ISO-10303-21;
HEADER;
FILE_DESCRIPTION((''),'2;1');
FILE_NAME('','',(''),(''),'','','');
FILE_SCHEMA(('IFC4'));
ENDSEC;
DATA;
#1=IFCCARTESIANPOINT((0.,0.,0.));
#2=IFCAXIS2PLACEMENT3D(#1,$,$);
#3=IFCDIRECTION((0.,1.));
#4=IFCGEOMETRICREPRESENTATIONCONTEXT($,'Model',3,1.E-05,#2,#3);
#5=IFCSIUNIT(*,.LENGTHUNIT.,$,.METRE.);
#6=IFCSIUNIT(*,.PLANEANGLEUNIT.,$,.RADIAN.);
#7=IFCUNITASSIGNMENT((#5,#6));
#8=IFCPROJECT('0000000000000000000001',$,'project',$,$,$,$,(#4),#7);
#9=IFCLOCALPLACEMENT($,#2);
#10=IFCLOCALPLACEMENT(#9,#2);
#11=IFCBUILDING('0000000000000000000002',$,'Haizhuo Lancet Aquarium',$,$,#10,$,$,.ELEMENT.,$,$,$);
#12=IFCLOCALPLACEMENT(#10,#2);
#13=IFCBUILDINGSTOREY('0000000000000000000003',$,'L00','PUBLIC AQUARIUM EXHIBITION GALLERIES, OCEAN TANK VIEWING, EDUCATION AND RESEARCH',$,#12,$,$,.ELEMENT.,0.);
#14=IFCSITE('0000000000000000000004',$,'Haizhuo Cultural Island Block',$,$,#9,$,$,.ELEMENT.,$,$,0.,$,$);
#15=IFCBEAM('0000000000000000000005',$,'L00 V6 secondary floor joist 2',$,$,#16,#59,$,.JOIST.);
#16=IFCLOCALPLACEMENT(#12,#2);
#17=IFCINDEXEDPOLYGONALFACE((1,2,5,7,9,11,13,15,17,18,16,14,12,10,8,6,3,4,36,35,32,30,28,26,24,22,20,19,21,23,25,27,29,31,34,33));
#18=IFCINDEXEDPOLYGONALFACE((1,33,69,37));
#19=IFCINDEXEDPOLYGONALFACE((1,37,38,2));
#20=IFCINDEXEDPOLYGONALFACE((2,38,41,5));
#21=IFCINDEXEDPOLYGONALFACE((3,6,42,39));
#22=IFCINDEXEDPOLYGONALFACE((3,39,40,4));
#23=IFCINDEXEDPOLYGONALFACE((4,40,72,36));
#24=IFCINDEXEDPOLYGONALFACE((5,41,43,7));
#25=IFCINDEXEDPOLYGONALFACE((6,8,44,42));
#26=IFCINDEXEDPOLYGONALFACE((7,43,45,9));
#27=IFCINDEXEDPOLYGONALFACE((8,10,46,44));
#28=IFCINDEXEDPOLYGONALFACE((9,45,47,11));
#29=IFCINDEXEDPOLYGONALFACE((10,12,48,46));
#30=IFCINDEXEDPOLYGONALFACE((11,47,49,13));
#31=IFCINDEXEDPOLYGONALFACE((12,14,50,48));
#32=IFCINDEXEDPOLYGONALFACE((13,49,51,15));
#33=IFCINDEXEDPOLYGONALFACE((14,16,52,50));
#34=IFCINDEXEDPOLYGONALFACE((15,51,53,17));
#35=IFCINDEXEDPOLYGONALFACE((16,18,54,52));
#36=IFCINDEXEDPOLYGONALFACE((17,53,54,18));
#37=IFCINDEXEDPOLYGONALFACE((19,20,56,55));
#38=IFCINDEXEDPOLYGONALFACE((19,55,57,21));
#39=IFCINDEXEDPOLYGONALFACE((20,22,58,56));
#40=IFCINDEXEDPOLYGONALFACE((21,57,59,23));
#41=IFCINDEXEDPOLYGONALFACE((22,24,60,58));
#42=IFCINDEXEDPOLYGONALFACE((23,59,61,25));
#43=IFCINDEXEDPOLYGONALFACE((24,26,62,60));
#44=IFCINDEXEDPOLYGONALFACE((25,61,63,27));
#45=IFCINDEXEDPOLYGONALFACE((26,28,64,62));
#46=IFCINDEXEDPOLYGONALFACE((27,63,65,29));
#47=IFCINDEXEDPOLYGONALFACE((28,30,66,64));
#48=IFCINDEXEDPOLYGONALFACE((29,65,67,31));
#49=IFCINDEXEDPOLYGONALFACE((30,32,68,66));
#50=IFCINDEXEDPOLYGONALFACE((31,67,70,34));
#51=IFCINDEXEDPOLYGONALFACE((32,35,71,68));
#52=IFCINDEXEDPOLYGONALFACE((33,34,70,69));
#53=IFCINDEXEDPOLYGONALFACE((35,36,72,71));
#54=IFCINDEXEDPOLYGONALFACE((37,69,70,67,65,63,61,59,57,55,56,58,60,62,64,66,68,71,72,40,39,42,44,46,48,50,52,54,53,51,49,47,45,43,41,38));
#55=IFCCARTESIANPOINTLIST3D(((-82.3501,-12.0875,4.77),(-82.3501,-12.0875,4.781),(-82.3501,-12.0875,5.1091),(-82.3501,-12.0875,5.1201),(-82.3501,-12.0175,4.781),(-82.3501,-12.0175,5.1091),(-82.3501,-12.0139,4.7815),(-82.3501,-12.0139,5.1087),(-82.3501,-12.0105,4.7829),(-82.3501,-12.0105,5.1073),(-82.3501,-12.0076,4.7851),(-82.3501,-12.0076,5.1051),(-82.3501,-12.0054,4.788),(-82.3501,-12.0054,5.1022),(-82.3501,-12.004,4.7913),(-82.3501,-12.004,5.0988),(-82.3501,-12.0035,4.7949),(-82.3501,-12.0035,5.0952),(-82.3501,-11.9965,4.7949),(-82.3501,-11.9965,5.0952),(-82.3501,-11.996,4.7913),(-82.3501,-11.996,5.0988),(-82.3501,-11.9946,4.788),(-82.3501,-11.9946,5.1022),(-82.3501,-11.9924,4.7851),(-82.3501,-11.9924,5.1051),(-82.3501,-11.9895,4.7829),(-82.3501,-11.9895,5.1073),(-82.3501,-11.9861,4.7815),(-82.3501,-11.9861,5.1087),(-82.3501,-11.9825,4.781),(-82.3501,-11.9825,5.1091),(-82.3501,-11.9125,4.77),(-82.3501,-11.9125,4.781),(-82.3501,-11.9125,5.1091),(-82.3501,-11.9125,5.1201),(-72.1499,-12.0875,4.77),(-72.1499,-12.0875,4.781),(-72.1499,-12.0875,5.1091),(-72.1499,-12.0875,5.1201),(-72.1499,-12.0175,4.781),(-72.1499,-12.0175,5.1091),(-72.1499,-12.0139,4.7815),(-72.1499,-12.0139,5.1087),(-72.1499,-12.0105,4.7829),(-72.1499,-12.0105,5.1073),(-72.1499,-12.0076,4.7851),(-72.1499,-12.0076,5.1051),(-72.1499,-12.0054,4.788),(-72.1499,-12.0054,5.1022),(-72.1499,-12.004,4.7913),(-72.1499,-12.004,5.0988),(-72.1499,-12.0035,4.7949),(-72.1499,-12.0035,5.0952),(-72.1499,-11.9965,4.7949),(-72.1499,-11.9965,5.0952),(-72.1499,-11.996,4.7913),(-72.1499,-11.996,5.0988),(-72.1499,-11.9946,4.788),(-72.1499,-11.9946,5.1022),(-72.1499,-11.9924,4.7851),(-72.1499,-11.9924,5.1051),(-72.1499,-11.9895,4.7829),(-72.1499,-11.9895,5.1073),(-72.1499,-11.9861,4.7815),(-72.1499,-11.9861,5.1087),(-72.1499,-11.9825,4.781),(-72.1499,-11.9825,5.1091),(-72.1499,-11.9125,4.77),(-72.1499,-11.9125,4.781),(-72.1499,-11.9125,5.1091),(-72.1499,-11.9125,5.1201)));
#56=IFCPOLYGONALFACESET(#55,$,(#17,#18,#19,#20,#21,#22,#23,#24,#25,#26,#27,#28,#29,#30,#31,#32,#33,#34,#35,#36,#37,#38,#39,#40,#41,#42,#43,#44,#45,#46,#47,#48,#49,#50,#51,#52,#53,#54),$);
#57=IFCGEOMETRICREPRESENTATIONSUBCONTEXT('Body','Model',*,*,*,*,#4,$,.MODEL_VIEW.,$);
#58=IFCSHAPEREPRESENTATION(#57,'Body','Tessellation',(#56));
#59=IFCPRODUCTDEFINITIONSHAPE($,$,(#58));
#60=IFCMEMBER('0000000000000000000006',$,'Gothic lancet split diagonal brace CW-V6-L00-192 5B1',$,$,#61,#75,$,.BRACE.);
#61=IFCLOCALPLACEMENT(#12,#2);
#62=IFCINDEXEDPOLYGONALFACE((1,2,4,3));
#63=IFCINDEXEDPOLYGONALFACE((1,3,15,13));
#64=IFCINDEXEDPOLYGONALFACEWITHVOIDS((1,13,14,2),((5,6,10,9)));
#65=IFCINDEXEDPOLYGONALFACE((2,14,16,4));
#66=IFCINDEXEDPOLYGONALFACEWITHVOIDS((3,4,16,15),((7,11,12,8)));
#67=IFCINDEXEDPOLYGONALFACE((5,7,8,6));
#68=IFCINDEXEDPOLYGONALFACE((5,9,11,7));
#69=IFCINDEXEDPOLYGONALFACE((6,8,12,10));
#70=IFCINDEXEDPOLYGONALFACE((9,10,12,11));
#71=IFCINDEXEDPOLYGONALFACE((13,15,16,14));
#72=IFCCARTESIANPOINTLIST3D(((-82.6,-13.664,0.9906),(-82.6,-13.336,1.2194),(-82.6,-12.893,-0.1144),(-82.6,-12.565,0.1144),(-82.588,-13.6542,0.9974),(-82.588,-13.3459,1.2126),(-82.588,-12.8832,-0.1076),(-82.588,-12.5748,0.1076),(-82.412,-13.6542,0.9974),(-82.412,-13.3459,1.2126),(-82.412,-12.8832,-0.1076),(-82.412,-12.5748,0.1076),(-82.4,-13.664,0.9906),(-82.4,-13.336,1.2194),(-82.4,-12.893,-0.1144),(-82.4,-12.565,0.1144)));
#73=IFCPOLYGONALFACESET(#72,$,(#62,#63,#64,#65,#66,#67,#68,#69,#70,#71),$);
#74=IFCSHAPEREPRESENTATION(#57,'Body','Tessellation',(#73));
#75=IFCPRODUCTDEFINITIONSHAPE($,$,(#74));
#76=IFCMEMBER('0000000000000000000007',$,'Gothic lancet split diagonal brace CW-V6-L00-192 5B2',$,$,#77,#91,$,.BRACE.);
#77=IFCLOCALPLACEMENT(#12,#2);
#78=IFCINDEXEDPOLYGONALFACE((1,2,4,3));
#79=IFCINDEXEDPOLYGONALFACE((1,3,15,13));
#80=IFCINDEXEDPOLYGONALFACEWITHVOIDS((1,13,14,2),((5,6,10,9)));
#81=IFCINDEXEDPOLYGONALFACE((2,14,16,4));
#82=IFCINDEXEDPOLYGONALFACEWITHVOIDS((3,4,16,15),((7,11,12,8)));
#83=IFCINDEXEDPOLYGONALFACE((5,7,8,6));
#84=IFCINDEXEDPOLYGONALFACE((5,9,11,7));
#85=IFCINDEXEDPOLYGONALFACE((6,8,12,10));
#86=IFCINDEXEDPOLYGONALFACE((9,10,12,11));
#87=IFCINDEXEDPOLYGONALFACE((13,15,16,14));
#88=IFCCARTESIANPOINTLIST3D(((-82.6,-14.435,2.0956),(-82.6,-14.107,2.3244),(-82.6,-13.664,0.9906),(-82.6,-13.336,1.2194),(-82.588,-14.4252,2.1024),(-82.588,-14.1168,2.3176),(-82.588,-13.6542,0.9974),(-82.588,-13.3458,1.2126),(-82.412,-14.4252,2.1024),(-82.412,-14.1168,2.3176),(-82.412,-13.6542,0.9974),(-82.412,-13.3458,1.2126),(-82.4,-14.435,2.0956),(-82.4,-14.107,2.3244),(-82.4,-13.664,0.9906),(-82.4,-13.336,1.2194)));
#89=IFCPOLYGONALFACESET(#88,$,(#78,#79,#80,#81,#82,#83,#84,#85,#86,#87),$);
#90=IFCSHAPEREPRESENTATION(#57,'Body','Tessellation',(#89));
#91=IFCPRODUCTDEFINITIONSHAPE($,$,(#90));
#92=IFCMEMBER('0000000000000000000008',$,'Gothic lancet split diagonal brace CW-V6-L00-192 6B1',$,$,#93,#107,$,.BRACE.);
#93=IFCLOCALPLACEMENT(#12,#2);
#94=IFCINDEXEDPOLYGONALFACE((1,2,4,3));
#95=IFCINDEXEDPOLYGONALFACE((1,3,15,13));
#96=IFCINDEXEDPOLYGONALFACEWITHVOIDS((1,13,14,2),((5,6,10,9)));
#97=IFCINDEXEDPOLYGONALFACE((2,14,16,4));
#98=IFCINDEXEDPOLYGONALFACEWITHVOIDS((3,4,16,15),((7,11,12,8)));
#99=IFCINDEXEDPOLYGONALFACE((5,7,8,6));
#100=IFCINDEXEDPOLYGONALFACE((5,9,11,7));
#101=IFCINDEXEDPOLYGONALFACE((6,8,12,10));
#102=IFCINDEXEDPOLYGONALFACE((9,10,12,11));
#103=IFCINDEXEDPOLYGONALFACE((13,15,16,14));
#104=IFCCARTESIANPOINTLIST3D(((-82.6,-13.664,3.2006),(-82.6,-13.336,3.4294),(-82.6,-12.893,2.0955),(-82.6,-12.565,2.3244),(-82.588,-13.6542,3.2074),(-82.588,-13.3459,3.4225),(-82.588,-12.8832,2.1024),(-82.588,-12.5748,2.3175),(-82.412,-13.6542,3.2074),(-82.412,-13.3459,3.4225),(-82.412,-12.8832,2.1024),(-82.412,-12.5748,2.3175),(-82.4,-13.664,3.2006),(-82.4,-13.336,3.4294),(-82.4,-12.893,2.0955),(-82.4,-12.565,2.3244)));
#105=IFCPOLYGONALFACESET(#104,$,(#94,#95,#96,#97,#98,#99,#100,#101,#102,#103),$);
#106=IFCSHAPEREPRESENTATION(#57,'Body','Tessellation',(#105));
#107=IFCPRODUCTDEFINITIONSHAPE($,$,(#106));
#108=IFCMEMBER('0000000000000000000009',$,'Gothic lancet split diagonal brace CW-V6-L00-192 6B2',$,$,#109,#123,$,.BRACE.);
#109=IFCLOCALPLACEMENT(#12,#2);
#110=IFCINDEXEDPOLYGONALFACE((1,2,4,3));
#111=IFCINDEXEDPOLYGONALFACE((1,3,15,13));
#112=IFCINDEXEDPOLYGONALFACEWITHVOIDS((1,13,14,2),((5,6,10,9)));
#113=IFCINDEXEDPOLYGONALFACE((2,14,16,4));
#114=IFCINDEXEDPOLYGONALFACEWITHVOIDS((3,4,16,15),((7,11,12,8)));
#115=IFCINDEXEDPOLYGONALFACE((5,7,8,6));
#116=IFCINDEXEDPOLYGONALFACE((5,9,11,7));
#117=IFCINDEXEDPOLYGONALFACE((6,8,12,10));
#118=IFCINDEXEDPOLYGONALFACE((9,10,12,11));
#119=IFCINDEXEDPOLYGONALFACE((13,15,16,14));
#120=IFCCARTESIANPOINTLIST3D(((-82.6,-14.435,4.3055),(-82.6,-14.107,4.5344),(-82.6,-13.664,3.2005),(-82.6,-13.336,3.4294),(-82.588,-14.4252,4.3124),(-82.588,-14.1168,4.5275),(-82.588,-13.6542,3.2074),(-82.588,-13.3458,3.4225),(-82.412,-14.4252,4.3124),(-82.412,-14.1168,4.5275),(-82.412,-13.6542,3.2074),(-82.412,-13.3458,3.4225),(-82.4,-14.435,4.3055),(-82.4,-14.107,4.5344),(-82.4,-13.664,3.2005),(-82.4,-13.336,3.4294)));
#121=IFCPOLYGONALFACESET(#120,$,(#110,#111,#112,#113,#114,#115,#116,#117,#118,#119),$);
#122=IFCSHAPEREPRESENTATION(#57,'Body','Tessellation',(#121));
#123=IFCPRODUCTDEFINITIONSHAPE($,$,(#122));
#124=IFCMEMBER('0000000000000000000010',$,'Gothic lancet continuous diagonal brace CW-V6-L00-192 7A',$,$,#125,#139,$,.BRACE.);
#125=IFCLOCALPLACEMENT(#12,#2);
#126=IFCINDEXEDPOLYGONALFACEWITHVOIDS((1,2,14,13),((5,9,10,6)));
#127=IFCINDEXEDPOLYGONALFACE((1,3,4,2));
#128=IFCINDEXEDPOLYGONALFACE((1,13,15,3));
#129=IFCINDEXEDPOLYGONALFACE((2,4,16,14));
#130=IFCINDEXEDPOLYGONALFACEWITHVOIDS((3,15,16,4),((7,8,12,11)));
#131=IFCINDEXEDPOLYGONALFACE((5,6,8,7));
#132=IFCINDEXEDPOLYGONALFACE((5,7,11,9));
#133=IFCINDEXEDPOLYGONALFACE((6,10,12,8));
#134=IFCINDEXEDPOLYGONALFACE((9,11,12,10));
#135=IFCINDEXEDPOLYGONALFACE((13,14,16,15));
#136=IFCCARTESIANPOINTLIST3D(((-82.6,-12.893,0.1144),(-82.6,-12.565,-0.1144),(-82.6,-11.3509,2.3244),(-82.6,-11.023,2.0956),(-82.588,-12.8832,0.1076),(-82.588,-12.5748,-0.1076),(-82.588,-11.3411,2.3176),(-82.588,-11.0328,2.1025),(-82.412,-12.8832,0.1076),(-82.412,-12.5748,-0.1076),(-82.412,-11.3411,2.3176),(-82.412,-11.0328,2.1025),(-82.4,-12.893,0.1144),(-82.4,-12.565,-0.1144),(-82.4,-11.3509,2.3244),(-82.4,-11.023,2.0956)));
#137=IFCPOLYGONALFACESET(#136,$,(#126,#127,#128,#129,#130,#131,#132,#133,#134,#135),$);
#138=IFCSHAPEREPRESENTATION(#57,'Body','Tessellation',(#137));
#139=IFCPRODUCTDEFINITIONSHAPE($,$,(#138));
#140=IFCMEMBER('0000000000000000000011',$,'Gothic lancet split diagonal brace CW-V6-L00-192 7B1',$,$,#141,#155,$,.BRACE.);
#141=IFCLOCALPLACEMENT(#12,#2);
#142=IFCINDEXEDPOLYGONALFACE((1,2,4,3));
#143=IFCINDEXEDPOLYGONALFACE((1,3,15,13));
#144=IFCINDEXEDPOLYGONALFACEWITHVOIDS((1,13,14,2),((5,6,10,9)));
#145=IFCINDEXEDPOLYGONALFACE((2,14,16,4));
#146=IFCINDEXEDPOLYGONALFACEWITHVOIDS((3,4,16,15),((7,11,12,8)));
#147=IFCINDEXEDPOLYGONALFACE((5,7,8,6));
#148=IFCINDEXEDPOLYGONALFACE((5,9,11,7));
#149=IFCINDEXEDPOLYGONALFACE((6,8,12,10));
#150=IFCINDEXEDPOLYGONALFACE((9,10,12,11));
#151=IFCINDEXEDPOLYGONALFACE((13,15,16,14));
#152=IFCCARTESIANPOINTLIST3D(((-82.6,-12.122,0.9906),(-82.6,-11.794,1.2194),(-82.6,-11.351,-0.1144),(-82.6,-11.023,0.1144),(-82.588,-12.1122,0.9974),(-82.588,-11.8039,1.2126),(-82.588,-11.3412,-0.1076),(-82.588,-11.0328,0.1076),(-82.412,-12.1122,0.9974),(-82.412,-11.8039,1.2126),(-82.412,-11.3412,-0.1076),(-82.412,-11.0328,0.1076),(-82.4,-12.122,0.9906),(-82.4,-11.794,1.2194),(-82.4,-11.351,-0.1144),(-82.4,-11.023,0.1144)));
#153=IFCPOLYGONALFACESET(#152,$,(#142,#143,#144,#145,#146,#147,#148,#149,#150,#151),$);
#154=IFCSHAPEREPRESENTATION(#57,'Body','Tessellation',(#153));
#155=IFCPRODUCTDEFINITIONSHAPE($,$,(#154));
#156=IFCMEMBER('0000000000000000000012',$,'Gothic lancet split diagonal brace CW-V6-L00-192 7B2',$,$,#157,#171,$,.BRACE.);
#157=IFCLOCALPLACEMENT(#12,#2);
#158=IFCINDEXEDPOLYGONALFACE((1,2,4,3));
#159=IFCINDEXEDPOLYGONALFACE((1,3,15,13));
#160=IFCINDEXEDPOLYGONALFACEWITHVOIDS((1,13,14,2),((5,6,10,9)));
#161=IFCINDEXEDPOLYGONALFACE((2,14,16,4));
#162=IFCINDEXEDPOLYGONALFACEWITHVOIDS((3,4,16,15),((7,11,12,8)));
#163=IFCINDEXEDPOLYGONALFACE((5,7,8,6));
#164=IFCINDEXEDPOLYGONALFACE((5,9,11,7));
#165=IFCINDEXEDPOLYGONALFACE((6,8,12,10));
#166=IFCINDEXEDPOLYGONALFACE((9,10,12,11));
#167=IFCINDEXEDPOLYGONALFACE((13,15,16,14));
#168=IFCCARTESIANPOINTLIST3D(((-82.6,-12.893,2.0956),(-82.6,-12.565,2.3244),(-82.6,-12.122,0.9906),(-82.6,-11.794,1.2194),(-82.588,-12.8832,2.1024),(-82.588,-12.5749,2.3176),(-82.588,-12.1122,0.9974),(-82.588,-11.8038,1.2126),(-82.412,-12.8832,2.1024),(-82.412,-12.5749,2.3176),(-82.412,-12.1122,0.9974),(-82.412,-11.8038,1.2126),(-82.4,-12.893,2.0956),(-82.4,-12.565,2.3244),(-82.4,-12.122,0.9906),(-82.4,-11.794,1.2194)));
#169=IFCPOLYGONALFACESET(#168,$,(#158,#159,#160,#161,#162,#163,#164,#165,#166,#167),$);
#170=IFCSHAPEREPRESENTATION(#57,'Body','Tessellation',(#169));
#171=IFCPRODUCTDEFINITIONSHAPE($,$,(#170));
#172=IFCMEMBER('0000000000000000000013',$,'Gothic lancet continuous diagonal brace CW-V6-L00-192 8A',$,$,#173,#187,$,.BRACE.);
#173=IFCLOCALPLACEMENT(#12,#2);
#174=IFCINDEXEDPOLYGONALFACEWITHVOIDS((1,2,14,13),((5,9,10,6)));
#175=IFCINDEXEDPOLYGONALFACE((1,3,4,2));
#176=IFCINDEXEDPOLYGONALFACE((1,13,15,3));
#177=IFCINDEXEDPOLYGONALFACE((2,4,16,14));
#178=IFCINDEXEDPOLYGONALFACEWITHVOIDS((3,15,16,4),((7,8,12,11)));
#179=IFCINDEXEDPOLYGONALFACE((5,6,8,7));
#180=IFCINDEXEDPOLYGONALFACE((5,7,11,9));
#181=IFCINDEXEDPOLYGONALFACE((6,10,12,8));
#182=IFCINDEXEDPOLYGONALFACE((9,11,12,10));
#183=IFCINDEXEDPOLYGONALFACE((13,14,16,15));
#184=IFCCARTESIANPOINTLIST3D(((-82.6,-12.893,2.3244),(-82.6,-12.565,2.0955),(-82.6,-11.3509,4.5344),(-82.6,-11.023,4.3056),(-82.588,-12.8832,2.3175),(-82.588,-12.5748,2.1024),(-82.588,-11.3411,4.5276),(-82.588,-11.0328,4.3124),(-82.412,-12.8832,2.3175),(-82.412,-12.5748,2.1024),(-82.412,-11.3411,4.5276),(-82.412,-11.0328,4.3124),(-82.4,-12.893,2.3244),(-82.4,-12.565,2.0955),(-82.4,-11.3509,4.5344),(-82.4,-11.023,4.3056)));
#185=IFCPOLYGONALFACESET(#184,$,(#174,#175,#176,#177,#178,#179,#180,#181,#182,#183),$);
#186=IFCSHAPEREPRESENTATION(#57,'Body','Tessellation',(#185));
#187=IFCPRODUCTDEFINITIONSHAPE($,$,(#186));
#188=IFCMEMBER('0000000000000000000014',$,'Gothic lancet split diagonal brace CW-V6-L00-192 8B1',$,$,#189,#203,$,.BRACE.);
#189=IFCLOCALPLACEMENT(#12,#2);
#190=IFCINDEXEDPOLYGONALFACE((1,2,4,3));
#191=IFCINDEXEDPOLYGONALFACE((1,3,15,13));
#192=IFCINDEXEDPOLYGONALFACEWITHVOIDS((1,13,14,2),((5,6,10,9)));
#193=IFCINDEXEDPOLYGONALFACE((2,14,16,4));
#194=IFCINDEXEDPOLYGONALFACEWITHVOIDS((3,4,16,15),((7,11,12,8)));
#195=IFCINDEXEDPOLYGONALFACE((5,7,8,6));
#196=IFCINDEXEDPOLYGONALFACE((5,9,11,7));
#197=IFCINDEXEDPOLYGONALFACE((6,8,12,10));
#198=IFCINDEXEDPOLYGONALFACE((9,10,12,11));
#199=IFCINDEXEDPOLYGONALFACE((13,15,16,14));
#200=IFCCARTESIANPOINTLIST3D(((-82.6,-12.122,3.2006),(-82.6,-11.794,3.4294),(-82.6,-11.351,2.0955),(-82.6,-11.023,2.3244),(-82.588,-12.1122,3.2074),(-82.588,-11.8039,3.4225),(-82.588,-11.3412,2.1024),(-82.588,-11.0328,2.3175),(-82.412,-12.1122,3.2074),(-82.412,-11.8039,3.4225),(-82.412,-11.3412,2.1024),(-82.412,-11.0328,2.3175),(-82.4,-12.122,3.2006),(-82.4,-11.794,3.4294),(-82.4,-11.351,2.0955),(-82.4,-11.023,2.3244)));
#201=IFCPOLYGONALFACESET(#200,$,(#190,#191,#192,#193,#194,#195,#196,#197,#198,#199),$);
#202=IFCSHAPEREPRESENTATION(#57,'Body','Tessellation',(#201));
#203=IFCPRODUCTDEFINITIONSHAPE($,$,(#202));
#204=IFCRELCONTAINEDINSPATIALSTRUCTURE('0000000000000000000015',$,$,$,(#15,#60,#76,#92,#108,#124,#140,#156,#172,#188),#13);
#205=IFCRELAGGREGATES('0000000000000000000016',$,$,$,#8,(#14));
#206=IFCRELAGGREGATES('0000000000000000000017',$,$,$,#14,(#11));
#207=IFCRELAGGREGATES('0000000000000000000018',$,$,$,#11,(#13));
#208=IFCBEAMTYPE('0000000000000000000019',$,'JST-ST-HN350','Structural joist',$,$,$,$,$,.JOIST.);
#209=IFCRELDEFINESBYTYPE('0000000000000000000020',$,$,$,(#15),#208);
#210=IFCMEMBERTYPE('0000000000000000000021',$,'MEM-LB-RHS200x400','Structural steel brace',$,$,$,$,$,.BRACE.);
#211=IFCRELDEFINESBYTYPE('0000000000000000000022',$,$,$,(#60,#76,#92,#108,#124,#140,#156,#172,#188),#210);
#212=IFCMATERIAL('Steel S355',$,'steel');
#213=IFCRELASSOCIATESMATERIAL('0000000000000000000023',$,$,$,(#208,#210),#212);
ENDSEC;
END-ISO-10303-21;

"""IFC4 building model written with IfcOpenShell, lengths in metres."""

from ifc_helpers import new_model, si_unit, direction, frame, origin, origin_2d, place, context, subcontext, project, spatial, hollow_rectangle, i_section, extrude, material, material_profile, profile_set, type_object, element, save


model = new_model("IFC4")

# Units and contexts
model_context = context("Model", 3, precision=1e-05, world=origin(), true_north=direction((0.0, 1.0)))
body_context = subcontext(model_context, "Body", "Model", "MODEL_VIEW")
ifc_project = project(units=[si_unit("LENGTHUNIT", "METRE"), si_unit("PLANEANGLEUNIT", "RADIAN")], contexts=[model_context])

# Site, building, storey
site_placement = place(None, origin())
site = spatial("IfcSite", under=ifc_project, at=site_placement, Name="Haizhuo Cultural Island Block", CompositionType="ELEMENT", RefElevation=0.0)
building_placement = place(site_placement, origin())
building = spatial("IfcBuilding", under=site, at=building_placement, Name="Haizhuo Lancet Aquarium", CompositionType="ELEMENT")
storey_placement = place(building_placement, origin())
storey = spatial("IfcBuildingStorey", under=building, at=storey_placement, Name="L00", Description="PUBLIC AQUARIUM EXHIBITION GALLERIES, OCEAN TANK VIEWING, EDUCATION AND RESEARCH", CompositionType="ELEMENT", Elevation=0.0)

# Beam
ifc_material_1 = material(Name="Steel S355", Category="steel")
ifc_material_profile_1 = material_profile(ifc_material_1, i_section(OverallWidth=0.175, OverallDepth=0.3501, WebThickness=0.0071, FlangeThickness=0.011, FilletRadius=0.0139, at=origin_2d()), Name="HN 350x175x7x11")
ifc_profile_set_1 = profile_set([ifc_material_profile_1], Name="Steel S355")
beam_type = type_object("IfcBeamType", Name="JST-ST-HN350", Description="Structural joist", PredefinedType="JOIST", material=ifc_profile_set_1)
beam_placement = place(storey_placement, frame((-82.3501, -12.0, 4.9451), z_axis=(1.0, 0.0, 0.0), x_axis=(0.0, 1.0, 0.0)))
element("IfcBeam", 1, at=beam_placement, inside=storey, type_object=beam_type, Name="L00 V6 secondary floor joist 2", PredefinedType="JOIST", context=body_context, shape_type="SweptSolid", body=[
    extrude(i_section(OverallWidth=0.175, OverallDepth=0.3501, WebThickness=0.0071, FlangeThickness=0.011, FilletRadius=0.0139, at=origin_2d()), origin(), (0.0, 0.0, 1.0), 10.2002),
])

# Members
ifc_material_profile_2 = material_profile(ifc_material_1, hollow_rectangle(XDim=0.2, YDim=0.3999, WallThickness=0.012, at=origin_2d()), Name="RHS 200x400x12")
ifc_profile_set_2 = profile_set([ifc_material_profile_2], Name="Steel S355")
member_type_1 = type_object("IfcMemberType", Name="MEM-LB-RHS200x400", Description="Structural steel brace", PredefinedType="BRACE", material=ifc_profile_set_2)
for number, where, z_axis, x_axis, name in (
    (2, (-82.5, -12.729, 0.0), (0.0, -0.572221, 0.820099), (1.0, 0.0, 0.0), "Gothic lancet split diagonal brace CW-V6-L00-192 5B1"),
    (3, (-82.5, -13.5, 1.105), (0.0, -0.572221, 0.820099), (1.0, 0.0, 0.0), "Gothic lancet split diagonal brace CW-V6-L00-192 5B2"),
    (4, (-82.5, -12.729, 2.21), (0.0, -0.572221, 0.820099), (1.0, 0.0, 0.0), "Gothic lancet split diagonal brace CW-V6-L00-192 6B1"),
    (5, (-82.5, -13.5, 3.3149), (0.0, -0.572221, 0.820099), (1.0, 0.0, 0.0), "Gothic lancet split diagonal brace CW-V6-L00-192 6B2"),
):
    element("IfcMember", number, at=place(storey_placement, frame(where, z_axis=z_axis, x_axis=x_axis)), inside=storey, type_object=member_type_1, Name=name, PredefinedType="BRACE", context=body_context, shape_type="SweptSolid", body=[
        extrude(hollow_rectangle(XDim=0.2, YDim=0.3999, WallThickness=0.012, at=origin_2d()), origin(), (0.0, 0.0, 1.0), 1.3474),
    ])
member_1_placement = place(storey_placement, frame((-82.5, -12.729, 0.0), z_axis=(0.0, 0.572221, 0.820099), x_axis=(-1.0, 0.0, 0.0)))
element("IfcMember", 6, at=member_1_placement, inside=storey, type_object=member_type_1, Name="Gothic lancet continuous diagonal brace CW-V6-L00-192 7A", PredefinedType="BRACE", context=body_context, shape_type="SweptSolid", body=[
    extrude(hollow_rectangle(XDim=0.2, YDim=0.3999, WallThickness=0.012, at=origin_2d()), origin(), (0.0, 0.0, 1.0), 2.6948),
])
for number, where, z_axis, x_axis, name in (
    (7, (-82.5, -11.187, 0.0), (0.0, -0.572221, 0.820099), (1.0, 0.0, 0.0), "Gothic lancet split diagonal brace CW-V6-L00-192 7B1"),
    (8, (-82.5, -11.958, 1.105), (0.0, -0.572221, 0.820099), (1.0, 0.0, 0.0), "Gothic lancet split diagonal brace CW-V6-L00-192 7B2"),
):
    element("IfcMember", number, at=place(storey_placement, frame(where, z_axis=z_axis, x_axis=x_axis)), inside=storey, type_object=member_type_1, Name=name, PredefinedType="BRACE", context=body_context, shape_type="SweptSolid", body=[
        extrude(hollow_rectangle(XDim=0.2, YDim=0.3999, WallThickness=0.012, at=origin_2d()), origin(), (0.0, 0.0, 1.0), 1.3474),
    ])
member_2_placement = place(storey_placement, frame((-82.5, -12.729, 2.21), z_axis=(0.0, 0.572221, 0.820099), x_axis=(-1.0, 0.0, 0.0)))
element("IfcMember", 9, at=member_2_placement, inside=storey, type_object=member_type_1, Name="Gothic lancet continuous diagonal brace CW-V6-L00-192 8A", PredefinedType="BRACE", context=body_context, shape_type="SweptSolid", body=[
    extrude(hollow_rectangle(XDim=0.2, YDim=0.3999, WallThickness=0.012, at=origin_2d()), origin(), (0.0, 0.0, 1.0), 2.6948),
])
for number, where, z_axis, x_axis, name in (
    (10, (-82.5, -11.187, 2.21), (0.0, -0.572221, 0.820099), (1.0, 0.0, 0.0), "Gothic lancet split diagonal brace CW-V6-L00-192 8B1"),
):
    element("IfcMember", number, at=place(storey_placement, frame(where, z_axis=z_axis, x_axis=x_axis)), inside=storey, type_object=member_type_1, Name=name, PredefinedType="BRACE", context=body_context, shape_type="SweptSolid", body=[
        extrude(hollow_rectangle(XDim=0.2, YDim=0.3999, WallThickness=0.012, at=origin_2d()), origin(), (0.0, 0.0, 1.0), 1.3474),
    ])

save(model, "model.ifc")
